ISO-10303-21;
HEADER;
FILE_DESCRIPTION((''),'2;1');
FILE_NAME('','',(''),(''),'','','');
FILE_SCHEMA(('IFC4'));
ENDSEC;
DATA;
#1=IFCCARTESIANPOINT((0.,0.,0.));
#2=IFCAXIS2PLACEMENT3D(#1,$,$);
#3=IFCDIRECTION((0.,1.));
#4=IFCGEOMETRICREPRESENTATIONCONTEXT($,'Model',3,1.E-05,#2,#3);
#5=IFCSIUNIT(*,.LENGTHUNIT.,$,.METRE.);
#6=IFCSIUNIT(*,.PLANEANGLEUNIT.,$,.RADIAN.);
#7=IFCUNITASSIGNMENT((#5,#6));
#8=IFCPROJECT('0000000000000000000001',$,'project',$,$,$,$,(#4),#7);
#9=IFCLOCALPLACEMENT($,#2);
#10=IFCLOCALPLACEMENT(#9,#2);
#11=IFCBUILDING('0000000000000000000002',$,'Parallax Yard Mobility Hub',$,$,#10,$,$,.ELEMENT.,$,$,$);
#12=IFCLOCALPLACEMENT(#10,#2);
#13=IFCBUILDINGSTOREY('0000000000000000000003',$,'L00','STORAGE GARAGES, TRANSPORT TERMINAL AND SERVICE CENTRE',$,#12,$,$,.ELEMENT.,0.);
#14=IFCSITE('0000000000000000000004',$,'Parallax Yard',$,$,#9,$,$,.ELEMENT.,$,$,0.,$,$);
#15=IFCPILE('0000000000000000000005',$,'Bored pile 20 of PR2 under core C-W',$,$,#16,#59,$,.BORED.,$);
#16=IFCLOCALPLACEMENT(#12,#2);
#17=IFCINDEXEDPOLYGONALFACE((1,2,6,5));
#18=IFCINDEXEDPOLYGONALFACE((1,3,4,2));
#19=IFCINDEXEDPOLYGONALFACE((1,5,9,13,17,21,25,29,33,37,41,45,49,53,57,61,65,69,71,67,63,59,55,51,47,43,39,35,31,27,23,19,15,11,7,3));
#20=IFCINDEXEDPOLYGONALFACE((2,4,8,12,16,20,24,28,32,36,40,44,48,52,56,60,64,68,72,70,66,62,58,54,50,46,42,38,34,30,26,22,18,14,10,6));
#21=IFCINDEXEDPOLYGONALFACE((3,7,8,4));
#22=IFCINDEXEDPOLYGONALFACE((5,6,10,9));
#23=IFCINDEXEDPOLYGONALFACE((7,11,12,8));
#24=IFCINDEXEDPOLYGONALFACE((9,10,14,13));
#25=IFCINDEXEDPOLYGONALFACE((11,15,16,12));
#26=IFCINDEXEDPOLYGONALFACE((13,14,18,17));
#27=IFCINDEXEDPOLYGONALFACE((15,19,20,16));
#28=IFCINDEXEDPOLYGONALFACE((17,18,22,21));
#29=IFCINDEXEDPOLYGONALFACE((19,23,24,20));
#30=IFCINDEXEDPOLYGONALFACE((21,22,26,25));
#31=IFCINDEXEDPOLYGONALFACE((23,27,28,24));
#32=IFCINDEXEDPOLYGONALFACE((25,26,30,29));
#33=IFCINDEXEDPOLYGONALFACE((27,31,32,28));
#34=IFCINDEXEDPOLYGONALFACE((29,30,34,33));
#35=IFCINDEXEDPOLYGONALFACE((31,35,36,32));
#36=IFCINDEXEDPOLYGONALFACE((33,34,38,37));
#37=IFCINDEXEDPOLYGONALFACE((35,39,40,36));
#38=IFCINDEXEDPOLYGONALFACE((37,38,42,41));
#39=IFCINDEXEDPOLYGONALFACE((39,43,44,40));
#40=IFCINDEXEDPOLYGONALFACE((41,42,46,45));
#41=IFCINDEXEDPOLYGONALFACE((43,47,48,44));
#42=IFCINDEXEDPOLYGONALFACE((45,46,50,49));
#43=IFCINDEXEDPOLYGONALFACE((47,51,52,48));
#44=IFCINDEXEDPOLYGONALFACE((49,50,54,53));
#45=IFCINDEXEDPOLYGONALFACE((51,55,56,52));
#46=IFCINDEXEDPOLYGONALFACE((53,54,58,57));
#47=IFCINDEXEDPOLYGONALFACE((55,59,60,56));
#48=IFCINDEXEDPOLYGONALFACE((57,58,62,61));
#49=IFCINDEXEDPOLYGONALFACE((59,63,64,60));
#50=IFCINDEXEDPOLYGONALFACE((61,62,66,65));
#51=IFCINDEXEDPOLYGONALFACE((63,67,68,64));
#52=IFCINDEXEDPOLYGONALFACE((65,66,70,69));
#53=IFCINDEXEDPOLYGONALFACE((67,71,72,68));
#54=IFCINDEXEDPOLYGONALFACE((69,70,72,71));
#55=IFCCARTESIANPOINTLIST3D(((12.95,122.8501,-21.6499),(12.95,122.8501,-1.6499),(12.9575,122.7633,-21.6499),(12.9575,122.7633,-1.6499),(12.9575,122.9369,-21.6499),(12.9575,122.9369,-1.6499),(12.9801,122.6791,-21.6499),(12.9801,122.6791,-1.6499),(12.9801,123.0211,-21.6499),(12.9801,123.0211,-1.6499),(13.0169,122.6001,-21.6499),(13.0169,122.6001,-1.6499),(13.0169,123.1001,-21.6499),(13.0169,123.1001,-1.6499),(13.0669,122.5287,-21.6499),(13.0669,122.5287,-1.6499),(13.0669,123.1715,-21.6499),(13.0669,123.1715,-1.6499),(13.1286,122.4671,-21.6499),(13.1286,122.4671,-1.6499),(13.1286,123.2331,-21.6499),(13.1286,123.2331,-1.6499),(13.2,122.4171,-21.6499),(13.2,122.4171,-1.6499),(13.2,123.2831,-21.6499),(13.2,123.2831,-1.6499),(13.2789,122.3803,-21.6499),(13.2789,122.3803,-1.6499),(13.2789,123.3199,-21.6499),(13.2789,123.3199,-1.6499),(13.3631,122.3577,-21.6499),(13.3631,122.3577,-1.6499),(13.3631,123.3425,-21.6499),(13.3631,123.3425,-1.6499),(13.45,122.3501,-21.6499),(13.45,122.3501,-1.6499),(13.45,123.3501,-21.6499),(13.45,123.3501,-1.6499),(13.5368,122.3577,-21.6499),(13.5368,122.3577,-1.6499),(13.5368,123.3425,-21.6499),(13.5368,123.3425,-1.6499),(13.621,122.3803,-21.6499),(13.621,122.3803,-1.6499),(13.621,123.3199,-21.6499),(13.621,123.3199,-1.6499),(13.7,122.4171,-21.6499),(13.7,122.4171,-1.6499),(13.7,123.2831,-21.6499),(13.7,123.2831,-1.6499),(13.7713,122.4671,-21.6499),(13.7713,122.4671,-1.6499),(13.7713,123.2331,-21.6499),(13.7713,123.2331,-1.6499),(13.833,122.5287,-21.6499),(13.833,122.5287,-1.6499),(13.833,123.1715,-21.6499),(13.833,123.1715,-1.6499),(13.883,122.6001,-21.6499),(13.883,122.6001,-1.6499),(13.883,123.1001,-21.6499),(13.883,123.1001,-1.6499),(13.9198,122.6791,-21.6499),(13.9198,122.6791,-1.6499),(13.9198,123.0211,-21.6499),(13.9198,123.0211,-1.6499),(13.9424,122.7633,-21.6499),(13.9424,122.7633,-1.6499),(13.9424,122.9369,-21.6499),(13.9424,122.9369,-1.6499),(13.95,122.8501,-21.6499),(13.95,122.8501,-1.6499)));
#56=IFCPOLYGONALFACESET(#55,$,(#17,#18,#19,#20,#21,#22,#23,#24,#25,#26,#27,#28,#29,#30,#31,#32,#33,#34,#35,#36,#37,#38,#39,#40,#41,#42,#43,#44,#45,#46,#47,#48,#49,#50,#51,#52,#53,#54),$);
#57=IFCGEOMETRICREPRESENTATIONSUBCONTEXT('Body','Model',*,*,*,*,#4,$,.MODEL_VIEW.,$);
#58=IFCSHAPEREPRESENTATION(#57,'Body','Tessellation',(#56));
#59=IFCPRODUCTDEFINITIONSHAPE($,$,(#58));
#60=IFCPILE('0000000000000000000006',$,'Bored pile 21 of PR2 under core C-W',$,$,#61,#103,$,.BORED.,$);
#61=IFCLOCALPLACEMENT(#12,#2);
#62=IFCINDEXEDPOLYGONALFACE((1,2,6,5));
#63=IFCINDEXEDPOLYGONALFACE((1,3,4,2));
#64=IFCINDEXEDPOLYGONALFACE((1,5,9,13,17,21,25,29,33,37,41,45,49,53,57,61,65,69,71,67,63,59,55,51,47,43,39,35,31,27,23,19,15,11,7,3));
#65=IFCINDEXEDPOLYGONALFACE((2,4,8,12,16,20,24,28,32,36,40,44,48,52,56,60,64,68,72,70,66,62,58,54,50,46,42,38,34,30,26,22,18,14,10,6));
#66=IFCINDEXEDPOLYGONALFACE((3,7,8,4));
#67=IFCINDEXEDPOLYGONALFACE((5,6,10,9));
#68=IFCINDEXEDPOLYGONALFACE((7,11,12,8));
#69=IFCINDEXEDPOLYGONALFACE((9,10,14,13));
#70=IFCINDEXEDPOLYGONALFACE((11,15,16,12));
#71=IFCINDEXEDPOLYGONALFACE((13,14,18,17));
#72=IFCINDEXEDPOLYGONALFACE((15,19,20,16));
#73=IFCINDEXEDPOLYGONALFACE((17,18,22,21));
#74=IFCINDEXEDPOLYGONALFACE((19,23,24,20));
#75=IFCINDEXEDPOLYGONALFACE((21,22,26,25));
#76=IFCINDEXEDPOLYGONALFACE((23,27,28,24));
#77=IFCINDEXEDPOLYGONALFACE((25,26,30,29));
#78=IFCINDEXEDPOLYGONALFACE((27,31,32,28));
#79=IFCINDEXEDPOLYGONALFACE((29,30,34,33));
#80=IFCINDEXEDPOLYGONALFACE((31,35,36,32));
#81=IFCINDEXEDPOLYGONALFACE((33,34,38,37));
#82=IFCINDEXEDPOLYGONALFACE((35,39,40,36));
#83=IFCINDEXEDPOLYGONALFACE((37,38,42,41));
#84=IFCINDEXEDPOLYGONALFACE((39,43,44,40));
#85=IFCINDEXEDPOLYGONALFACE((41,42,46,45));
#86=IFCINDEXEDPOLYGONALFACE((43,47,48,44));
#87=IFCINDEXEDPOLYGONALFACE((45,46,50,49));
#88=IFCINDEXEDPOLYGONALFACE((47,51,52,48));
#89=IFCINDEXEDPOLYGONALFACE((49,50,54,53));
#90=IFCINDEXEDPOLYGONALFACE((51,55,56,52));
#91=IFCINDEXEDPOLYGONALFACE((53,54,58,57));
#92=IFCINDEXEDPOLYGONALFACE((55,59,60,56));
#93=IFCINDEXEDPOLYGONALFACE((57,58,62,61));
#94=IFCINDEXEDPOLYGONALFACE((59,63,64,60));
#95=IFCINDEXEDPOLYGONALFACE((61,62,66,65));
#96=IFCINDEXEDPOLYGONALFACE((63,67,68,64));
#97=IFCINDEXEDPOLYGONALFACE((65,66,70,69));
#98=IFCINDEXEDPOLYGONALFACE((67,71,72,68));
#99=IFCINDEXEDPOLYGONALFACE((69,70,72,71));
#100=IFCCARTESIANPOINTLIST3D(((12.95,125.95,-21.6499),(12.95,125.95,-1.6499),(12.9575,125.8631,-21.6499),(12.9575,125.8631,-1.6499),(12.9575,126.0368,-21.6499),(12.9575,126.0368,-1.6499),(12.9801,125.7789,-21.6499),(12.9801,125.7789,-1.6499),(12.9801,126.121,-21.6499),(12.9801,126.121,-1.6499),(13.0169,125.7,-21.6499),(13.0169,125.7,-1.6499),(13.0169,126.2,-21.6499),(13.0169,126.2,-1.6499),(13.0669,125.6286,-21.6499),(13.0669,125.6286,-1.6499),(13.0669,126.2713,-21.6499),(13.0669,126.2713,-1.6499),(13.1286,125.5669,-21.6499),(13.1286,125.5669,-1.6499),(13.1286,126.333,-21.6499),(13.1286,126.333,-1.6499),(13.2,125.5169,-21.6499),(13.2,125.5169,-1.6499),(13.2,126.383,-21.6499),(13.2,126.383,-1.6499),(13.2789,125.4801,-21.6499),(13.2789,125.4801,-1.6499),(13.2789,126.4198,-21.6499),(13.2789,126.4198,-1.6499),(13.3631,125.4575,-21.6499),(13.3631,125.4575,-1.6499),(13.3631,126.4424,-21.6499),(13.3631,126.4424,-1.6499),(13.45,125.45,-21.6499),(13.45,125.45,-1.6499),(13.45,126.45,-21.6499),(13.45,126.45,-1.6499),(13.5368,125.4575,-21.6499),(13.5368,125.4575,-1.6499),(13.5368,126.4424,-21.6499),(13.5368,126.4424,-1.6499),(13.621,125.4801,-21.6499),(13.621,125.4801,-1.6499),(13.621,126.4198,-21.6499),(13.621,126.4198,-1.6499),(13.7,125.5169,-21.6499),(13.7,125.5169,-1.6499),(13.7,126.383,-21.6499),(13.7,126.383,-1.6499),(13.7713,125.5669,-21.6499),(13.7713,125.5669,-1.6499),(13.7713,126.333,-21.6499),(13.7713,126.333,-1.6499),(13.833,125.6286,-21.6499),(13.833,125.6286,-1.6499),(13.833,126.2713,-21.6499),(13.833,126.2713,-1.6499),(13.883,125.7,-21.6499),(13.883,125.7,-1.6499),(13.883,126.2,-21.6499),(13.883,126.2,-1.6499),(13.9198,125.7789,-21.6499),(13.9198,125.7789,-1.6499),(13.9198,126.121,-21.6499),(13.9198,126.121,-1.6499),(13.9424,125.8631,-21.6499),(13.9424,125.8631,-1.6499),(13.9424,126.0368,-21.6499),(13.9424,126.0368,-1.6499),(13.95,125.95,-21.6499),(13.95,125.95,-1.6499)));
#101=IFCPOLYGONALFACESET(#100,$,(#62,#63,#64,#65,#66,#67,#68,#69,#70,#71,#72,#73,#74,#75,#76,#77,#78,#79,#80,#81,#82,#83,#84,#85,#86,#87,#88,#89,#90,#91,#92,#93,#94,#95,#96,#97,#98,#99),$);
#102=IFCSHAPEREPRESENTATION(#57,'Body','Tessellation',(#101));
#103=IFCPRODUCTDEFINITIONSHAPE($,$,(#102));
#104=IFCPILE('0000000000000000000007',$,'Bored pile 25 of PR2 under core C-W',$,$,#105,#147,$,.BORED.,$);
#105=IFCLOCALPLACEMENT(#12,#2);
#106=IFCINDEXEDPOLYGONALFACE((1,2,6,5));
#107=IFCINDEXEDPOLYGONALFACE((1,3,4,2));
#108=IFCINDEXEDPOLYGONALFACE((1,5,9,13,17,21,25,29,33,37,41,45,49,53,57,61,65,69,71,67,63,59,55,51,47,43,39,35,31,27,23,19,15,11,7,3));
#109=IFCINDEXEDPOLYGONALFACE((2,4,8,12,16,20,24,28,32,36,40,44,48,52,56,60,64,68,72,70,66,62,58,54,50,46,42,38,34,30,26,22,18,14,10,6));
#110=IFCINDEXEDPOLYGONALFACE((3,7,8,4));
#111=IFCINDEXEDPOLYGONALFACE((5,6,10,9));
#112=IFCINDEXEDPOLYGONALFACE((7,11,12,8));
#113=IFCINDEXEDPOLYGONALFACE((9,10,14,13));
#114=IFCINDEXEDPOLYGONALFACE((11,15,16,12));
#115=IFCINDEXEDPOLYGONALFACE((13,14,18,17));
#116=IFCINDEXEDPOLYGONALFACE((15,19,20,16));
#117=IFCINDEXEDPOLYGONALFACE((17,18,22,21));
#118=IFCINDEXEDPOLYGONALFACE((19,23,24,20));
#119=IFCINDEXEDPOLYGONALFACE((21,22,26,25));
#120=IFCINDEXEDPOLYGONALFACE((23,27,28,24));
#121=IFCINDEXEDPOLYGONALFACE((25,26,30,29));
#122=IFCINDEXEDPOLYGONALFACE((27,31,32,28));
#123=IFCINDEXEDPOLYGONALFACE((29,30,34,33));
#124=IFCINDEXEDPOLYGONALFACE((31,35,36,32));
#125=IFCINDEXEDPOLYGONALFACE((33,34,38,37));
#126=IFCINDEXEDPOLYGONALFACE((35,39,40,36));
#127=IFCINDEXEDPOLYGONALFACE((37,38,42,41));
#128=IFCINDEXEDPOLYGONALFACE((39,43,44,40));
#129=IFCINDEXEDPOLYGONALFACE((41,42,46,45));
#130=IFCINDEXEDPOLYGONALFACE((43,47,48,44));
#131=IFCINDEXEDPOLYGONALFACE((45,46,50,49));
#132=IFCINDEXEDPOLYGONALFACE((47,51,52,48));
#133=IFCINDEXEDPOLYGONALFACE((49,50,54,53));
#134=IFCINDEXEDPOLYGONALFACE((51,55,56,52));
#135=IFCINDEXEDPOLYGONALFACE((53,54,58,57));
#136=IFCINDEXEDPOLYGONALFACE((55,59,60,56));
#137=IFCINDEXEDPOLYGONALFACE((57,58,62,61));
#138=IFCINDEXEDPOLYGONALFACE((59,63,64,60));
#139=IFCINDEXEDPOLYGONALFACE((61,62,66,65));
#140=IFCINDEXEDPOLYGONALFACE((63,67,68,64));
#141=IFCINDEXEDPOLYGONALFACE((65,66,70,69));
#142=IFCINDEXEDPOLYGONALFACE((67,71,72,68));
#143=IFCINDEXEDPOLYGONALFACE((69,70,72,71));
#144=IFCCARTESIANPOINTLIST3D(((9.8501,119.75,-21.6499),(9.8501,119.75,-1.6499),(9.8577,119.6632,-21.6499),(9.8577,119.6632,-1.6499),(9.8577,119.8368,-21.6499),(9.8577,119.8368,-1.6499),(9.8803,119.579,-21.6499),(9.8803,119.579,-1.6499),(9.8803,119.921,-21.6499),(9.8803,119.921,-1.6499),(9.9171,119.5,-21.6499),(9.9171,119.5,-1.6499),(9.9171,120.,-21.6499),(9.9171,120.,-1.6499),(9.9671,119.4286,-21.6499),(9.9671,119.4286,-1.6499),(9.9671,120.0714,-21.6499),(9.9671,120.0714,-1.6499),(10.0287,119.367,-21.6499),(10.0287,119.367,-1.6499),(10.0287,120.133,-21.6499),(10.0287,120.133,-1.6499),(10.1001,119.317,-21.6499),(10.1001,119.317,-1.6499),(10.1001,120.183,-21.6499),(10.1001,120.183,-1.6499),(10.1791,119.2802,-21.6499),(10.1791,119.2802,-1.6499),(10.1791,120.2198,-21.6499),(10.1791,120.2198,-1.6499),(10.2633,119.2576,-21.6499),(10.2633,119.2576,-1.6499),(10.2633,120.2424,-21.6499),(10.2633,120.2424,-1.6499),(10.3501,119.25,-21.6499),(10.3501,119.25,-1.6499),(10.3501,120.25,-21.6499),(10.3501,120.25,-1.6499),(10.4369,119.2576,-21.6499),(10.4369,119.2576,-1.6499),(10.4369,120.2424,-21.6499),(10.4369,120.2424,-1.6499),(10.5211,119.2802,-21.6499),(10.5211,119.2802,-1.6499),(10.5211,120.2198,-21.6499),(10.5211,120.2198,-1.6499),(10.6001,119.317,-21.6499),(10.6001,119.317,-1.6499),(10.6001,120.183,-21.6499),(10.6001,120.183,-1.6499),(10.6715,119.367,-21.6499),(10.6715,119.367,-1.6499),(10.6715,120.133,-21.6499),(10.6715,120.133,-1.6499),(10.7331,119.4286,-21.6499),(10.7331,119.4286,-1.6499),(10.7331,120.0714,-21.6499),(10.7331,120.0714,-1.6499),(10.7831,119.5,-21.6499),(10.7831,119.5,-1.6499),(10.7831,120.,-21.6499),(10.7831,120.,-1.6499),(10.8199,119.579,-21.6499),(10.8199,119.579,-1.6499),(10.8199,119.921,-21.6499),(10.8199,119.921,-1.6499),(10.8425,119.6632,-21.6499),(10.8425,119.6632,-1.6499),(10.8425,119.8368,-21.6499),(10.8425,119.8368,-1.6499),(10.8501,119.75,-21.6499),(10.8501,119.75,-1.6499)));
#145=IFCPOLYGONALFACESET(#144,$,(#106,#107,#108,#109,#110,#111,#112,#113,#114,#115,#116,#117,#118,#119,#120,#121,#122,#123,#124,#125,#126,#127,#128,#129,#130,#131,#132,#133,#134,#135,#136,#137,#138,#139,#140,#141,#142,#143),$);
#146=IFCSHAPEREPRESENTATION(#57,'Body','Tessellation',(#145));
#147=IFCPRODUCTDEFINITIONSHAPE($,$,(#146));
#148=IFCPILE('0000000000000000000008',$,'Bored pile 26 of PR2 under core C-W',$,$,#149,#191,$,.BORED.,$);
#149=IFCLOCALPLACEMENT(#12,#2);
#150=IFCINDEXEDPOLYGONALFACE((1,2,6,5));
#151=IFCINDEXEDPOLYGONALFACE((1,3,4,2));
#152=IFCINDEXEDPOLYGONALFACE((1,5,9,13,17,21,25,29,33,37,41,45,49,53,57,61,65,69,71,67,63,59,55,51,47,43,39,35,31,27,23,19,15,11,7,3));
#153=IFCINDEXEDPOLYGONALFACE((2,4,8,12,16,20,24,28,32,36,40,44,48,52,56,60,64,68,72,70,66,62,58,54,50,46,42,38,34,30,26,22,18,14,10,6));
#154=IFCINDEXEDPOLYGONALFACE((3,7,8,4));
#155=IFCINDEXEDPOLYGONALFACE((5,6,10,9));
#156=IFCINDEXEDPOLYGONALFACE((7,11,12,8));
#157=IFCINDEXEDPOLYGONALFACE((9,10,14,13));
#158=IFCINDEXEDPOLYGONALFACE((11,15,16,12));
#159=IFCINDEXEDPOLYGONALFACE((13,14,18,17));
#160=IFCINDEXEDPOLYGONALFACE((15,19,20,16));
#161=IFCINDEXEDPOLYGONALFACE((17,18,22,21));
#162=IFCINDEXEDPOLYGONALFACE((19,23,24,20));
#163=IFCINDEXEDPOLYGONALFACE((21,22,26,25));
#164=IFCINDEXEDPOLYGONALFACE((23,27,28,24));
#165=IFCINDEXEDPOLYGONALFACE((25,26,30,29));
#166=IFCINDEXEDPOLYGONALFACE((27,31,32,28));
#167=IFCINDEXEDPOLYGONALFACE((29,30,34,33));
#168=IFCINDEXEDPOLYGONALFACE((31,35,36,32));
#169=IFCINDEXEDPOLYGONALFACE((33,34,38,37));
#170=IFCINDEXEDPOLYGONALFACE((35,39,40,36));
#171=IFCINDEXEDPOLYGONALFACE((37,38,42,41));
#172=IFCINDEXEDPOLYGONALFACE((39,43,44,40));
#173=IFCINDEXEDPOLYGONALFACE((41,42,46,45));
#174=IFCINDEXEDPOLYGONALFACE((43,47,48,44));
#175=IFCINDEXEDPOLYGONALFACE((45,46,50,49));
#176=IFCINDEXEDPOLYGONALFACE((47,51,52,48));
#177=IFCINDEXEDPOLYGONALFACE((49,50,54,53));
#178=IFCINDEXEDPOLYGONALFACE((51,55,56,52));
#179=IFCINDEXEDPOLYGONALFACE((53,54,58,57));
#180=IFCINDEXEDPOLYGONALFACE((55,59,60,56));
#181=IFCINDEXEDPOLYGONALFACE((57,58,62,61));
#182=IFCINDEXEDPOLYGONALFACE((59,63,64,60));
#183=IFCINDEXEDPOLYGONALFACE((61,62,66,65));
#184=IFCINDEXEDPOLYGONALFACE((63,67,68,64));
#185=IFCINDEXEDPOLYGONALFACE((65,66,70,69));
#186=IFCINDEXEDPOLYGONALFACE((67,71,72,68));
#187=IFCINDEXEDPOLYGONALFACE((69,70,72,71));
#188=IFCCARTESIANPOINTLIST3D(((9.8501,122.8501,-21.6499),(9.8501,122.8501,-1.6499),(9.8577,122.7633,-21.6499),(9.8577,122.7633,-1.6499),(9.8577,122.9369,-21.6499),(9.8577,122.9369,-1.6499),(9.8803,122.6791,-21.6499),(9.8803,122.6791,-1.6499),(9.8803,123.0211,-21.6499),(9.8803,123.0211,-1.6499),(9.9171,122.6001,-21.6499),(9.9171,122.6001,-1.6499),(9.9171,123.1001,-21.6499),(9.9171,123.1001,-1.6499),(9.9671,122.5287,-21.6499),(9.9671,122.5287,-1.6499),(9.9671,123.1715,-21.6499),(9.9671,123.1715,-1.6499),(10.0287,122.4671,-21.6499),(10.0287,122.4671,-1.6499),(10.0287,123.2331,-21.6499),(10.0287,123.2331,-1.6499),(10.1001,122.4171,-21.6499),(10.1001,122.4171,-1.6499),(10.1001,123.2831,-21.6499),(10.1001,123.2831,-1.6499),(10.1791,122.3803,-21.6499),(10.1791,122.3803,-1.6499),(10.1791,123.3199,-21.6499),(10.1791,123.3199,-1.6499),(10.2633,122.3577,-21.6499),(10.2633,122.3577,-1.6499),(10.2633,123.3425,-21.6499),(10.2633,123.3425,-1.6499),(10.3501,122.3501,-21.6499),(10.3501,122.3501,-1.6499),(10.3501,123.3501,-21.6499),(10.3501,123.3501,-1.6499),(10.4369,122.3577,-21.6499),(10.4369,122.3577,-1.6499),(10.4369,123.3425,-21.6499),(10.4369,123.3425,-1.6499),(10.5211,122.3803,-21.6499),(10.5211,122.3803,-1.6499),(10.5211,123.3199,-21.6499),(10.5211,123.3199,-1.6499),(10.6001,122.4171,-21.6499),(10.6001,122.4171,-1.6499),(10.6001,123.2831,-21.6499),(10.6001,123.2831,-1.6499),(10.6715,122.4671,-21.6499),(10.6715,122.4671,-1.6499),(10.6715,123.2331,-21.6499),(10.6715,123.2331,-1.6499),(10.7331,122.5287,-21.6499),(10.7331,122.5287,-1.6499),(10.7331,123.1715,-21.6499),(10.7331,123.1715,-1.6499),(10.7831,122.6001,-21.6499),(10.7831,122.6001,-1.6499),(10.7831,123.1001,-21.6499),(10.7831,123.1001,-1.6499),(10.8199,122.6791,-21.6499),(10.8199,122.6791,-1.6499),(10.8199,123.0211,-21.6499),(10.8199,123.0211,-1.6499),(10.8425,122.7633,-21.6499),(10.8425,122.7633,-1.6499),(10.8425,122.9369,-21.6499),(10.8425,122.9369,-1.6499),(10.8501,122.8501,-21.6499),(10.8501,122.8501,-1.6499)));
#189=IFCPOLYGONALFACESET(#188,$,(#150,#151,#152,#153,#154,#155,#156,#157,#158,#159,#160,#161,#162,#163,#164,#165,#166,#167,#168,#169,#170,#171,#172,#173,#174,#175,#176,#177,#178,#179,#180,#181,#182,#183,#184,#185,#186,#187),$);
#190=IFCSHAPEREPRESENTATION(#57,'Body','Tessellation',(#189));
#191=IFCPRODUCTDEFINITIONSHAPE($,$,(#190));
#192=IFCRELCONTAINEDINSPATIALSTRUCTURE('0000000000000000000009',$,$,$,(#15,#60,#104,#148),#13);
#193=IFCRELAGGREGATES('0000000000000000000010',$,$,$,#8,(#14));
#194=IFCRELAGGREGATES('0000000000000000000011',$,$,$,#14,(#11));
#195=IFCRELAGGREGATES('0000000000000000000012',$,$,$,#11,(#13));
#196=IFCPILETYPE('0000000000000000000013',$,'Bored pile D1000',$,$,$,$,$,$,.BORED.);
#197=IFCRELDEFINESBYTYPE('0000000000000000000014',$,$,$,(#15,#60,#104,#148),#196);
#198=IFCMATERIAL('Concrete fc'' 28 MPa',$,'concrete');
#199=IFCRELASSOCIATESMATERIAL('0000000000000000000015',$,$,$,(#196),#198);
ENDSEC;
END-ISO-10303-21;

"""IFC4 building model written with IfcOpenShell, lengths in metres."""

from ifc_helpers import new_model, si_unit, direction, frame, origin, origin_2d, place, context, subcontext, project, spatial, circle, extrude, material, material_profile, profile_set, type_object, element, save


model = new_model("IFC4")

# Units and contexts
model_context = context("Model", 3, precision=1e-05, world=origin(), true_north=direction((0.0, 1.0)))
body_context = subcontext(model_context, "Body", "Model", "MODEL_VIEW")
ifc_project = project(units=[si_unit("LENGTHUNIT", "METRE"), si_unit("PLANEANGLEUNIT", "RADIAN")], contexts=[model_context])

# Site, building, storey
site_placement = place(None, origin())
site = spatial("IfcSite", under=ifc_project, at=site_placement, Name="Parallax Yard", CompositionType="ELEMENT", RefElevation=0.0)
building_placement = place(site_placement, origin())
building = spatial("IfcBuilding", under=site, at=building_placement, Name="Parallax Yard Mobility Hub", CompositionType="ELEMENT")
storey_placement = place(building_placement, origin())
storey = spatial("IfcBuildingStorey", under=building, at=storey_placement, Name="L00", Description="STORAGE GARAGES, TRANSPORT TERMINAL AND SERVICE CENTRE", CompositionType="ELEMENT", Elevation=0.0)

# Piles
ifc_material_1 = material(Name="Concrete fc' 28 MPa", Category="concrete")
ifc_material_profile = material_profile(ifc_material_1, circle(Radius=0.5, at=origin_2d()), Name="Bored pile D1000")
ifc_profile_set = profile_set([ifc_material_profile], Name="Concrete fc' 28 MPa")
pile_type = type_object("IfcPileType", Name="Bored pile D1000", PredefinedType="BORED", material=ifc_profile_set)
for number, where, z_axis, x_axis, name in (
    (1, (13.45, 122.8501, -1.6499), (0.0, 0.0, -1.0), (1.0, 0.0, 0.0), "Bored pile 20 of PR2 under core C-W"),
    (2, (13.45, 125.95, -1.6499), (0.0, 0.0, -1.0), (1.0, 0.0, 0.0), "Bored pile 21 of PR2 under core C-W"),
    (3, (10.3501, 119.75, -1.6499), (0.0, 0.0, -1.0), (1.0, 0.0, 0.0), "Bored pile 25 of PR2 under core C-W"),
    (4, (10.3501, 122.8501, -1.6499), (0.0, 0.0, -1.0), (1.0, 0.0, 0.0), "Bored pile 26 of PR2 under core C-W"),
):
    element("IfcPile", number, at=place(storey_placement, frame(where, z_axis=z_axis, x_axis=x_axis)), inside=storey, type_object=pile_type, Name=name, PredefinedType="BORED", context=body_context, shape_type="SweptSolid", body=[
        extrude(circle(Radius=0.5, at=origin_2d()), origin(), (0.0, 0.0, 1.0), 20.0),
    ])

save(model, "model.ifc")
